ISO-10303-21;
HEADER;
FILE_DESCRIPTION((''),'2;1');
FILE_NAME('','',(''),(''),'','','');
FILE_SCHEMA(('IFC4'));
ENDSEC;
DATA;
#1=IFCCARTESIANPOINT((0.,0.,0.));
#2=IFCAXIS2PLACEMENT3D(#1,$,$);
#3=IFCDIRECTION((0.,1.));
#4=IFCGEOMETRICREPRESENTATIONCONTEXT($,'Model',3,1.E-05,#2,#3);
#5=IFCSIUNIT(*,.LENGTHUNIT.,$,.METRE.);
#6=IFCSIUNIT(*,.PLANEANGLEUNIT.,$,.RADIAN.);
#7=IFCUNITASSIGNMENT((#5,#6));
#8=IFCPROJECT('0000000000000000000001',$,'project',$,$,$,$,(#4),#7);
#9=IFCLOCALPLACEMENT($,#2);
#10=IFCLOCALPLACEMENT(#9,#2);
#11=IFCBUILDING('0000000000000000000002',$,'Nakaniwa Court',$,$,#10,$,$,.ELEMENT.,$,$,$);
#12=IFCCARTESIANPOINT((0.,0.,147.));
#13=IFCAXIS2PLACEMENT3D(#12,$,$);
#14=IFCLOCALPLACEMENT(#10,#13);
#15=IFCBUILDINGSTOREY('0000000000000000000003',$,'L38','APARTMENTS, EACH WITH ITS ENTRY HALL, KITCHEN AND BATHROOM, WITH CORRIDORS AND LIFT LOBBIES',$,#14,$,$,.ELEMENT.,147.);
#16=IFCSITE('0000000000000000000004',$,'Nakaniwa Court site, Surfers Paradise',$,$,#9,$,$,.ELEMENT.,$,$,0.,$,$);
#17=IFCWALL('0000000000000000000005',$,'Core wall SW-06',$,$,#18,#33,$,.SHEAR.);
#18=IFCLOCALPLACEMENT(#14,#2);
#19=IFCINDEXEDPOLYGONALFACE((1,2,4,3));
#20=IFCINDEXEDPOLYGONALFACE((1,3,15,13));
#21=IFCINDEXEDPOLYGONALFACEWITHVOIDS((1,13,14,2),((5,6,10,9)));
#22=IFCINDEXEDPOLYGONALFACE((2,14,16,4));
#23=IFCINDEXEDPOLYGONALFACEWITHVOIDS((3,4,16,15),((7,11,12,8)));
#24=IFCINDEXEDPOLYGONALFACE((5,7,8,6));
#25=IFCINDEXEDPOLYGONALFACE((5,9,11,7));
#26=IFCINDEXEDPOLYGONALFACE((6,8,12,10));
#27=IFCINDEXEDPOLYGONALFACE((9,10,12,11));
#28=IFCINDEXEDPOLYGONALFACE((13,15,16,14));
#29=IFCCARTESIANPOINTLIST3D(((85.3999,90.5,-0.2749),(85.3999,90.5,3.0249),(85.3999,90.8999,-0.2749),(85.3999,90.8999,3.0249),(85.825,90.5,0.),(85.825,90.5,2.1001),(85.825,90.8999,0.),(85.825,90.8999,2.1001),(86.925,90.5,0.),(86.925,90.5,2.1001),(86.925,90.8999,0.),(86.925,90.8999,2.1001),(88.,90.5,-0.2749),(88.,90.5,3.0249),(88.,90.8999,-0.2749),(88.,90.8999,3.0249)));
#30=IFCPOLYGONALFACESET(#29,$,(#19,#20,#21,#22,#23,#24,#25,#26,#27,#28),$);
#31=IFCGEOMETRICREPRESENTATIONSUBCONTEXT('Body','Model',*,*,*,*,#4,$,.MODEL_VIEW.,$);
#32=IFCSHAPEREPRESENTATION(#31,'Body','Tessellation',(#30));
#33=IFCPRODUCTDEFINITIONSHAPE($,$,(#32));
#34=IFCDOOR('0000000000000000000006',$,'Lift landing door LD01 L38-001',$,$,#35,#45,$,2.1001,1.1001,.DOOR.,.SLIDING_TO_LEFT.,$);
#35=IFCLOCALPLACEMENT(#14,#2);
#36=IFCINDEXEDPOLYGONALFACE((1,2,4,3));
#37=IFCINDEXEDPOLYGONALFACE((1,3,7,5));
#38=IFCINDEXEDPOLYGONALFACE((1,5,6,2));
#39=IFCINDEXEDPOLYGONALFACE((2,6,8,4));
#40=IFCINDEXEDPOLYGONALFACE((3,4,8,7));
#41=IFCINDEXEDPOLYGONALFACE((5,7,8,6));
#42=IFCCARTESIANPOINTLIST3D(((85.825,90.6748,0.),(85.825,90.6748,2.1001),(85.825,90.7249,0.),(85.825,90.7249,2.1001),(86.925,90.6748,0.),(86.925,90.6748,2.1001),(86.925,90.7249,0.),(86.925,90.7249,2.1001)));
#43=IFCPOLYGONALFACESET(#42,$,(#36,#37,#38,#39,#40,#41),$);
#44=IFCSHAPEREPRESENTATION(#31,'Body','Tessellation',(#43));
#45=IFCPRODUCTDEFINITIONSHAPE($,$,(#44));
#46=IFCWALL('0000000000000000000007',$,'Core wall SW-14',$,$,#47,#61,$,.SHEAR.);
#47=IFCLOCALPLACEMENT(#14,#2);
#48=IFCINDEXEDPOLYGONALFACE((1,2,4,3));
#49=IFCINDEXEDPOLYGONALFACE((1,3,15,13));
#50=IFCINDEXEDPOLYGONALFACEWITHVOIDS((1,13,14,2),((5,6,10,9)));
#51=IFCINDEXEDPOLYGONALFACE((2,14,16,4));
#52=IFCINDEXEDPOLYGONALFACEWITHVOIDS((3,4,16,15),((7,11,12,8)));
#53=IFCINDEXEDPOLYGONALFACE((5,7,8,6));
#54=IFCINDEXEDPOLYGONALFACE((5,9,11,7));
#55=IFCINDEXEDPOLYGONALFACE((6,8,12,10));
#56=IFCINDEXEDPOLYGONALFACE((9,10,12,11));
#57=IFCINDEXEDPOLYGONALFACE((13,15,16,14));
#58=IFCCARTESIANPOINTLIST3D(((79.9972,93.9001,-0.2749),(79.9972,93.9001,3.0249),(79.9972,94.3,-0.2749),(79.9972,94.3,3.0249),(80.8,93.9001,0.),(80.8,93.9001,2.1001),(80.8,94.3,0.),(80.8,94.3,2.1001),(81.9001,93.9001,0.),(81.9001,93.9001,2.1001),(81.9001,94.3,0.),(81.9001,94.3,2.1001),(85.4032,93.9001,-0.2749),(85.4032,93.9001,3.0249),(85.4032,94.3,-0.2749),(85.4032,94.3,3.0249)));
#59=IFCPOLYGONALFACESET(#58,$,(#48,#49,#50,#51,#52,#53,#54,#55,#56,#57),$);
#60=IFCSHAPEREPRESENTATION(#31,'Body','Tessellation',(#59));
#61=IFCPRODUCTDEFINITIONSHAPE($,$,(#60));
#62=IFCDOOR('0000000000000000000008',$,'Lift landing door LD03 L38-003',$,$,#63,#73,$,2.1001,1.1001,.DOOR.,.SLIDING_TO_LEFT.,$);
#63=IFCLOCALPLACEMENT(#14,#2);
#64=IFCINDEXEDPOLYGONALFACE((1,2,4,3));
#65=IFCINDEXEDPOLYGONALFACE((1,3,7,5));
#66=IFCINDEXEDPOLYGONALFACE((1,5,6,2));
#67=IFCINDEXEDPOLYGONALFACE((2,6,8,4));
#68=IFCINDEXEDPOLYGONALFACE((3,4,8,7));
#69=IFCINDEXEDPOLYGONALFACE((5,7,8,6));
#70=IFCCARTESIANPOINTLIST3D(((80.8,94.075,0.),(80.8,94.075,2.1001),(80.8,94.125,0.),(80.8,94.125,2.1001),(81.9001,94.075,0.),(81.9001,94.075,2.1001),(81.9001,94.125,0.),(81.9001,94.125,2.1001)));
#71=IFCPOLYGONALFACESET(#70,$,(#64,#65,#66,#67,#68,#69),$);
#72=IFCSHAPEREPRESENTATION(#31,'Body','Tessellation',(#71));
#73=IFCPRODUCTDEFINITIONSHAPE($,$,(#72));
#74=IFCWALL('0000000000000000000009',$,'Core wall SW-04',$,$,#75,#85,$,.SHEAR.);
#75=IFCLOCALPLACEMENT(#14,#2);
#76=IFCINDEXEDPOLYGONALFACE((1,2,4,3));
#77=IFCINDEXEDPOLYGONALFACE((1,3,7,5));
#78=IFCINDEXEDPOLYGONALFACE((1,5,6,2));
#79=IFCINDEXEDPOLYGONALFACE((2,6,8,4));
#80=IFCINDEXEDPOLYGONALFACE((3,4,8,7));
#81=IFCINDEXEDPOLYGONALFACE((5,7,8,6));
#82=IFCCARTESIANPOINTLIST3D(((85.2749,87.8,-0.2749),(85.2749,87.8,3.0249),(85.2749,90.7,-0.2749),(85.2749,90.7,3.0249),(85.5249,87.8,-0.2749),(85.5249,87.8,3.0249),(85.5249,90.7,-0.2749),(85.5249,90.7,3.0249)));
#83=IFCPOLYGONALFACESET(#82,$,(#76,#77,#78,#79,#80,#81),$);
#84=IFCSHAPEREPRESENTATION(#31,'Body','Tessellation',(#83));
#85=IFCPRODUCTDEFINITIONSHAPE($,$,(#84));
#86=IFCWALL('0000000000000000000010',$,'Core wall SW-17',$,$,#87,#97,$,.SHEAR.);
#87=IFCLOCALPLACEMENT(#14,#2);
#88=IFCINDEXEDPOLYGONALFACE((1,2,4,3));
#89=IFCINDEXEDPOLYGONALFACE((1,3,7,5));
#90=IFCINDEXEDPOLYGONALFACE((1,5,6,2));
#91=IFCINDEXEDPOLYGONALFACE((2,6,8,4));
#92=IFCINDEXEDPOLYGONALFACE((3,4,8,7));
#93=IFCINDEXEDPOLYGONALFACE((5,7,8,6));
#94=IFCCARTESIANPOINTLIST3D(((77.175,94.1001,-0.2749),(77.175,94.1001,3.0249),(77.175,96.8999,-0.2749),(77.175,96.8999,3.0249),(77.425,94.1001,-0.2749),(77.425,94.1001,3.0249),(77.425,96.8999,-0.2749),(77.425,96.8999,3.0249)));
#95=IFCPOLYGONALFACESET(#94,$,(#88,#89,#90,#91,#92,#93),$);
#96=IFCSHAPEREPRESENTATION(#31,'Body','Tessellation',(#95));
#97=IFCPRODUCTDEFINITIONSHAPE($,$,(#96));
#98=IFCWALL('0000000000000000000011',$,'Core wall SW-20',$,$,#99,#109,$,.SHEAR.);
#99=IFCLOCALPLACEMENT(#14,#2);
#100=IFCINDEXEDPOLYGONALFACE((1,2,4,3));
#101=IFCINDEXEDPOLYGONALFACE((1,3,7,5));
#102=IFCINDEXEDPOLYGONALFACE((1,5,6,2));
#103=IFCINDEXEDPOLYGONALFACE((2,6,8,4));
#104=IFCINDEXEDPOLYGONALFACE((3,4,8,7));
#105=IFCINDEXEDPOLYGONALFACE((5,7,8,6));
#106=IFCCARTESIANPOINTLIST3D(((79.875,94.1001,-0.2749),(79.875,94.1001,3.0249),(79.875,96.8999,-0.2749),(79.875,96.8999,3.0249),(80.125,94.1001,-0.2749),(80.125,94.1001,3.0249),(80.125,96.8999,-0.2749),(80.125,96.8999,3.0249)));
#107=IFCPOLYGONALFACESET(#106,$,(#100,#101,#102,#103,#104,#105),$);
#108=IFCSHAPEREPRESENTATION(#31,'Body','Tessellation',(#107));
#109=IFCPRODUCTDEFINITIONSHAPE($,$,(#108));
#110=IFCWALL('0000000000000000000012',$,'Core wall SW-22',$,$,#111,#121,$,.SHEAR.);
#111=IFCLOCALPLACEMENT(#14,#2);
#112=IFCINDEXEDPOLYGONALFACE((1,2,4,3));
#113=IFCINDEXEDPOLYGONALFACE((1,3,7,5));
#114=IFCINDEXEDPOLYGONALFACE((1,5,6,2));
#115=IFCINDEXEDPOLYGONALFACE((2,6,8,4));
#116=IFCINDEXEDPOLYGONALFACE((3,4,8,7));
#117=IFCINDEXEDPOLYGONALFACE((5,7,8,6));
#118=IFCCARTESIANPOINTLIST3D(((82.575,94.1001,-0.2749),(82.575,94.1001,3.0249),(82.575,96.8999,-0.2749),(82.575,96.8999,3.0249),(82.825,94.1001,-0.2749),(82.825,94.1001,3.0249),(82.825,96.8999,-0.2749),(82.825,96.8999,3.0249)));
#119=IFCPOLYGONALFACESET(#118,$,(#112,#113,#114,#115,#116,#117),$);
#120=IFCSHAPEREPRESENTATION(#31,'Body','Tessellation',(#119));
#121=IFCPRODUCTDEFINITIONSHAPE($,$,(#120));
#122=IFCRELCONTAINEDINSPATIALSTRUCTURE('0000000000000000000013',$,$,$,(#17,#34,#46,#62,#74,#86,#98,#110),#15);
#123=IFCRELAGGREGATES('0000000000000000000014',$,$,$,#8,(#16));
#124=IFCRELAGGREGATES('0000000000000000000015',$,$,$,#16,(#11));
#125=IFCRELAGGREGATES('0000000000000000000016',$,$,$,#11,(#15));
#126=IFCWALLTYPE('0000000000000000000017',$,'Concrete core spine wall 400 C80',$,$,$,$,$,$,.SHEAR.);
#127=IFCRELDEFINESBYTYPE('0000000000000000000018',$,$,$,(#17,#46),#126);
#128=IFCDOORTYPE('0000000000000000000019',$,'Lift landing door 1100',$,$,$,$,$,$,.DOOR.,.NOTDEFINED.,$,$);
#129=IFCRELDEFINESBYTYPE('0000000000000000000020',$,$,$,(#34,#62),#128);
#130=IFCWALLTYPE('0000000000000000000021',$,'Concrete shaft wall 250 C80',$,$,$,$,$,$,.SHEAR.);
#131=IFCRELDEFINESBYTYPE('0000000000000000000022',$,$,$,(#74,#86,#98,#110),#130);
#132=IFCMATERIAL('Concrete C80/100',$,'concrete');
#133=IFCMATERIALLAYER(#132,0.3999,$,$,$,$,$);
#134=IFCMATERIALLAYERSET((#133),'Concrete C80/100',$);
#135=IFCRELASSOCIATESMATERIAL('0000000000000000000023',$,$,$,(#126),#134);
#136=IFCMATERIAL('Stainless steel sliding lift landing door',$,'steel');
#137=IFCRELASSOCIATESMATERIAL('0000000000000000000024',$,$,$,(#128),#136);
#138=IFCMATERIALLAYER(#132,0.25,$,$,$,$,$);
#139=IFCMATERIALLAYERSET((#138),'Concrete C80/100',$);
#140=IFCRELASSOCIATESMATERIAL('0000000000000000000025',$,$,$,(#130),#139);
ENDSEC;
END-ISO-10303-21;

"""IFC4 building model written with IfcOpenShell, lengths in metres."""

from ifc_helpers import new_model, si_unit, direction, frame, frame_2d, origin, place, context, subcontext, project, spatial, rectangle, extrude, material, layer, layer_set, type_object, element, fill, save


model = new_model("IFC4")

# Units and contexts
model_context = context("Model", 3, precision=1e-05, world=origin(), true_north=direction((0.0, 1.0)))
body_context = subcontext(model_context, "Body", "Model", "MODEL_VIEW")
ifc_project = project(units=[si_unit("LENGTHUNIT", "METRE"), si_unit("PLANEANGLEUNIT", "RADIAN")], contexts=[model_context])

# Site, building, storey
site_placement = place(None, origin())
site = spatial("IfcSite", under=ifc_project, at=site_placement, Name="Nakaniwa Court site, Surfers Paradise", CompositionType="ELEMENT", RefElevation=0.0)
building_placement = place(site_placement, origin())
building = spatial("IfcBuilding", under=site, at=building_placement, Name="Nakaniwa Court", CompositionType="ELEMENT")
storey_placement = place(building_placement, frame((0.0, 0.0, 147.0)))
storey = spatial("IfcBuildingStorey", under=building, at=storey_placement, Name="L38", Description="APARTMENTS, EACH WITH ITS ENTRY HALL, KITCHEN AND BATHROOM, WITH CORRIDORS AND LIFT LOBBIES", CompositionType="ELEMENT", Elevation=147.0)

# Walls, openings, doors
ifc_material_1 = material(Name="Concrete C80/100", Category="concrete")
ifc_layer_1 = layer(ifc_material_1, 0.3999)
ifc_layer_set_1 = layer_set([ifc_layer_1], Name="Concrete C80/100")
wall_type_1 = type_object("IfcWallType", Name="Concrete core spine wall 400 C80", PredefinedType="SHEAR", material=ifc_layer_set_1)
wall_1_placement = place(storey_placement, frame((85.3999, 90.7, -0.2749), z_axis=(0.0, 0.0, 1.0), x_axis=(1.0, 0.0, 0.0)))
wall_1 = element("IfcWall", 1, at=wall_1_placement, inside=storey, type_object=wall_type_1, Name="Core wall SW-06", PredefinedType="SHEAR", context=body_context, shape_type="SweptSolid", body=[
    extrude(rectangle(XDim=2.6001, YDim=0.3999, at=frame_2d((1.3, 0.0))), origin(), (0.0, 0.0, 1.0), 3.2998),
])
opening_1_placement = place(wall_1_placement, frame((0.425, 0.0, 0.2749)))
opening_1 = element("IfcOpeningElement", 2, at=opening_1_placement, cuts=wall_1, PredefinedType="OPENING", context=body_context, shape_type="SweptSolid", body=[
    extrude(rectangle(XDim=1.1001, YDim=2.1001, at=frame_2d((0.55, 1.05))), frame((0.0, 0.21, 0.0), z_axis=(0.0, -1.0, 0.0), x_axis=(1.0, 0.0, 0.0)), (0.0, 0.0, 1.0), 0.4199),
])
ifc_material_2 = material(Name="Stainless steel sliding lift landing door", Category="steel")
door_type_1 = type_object("IfcDoorType", Name="Lift landing door 1100", OperationType="NOTDEFINED", PredefinedType="DOOR", material=ifc_material_2)
door_1_placement = place(opening_1_placement, origin())
door_1 = element("IfcDoor", 3, at=door_1_placement, inside=storey, type_object=door_type_1, Name="Lift landing door LD01 L38-001", OperationType="SLIDING_TO_LEFT", OverallHeight=2.1001, OverallWidth=1.1001, PredefinedType="DOOR", context=body_context, shape_type="SweptSolid", body=[
    extrude(rectangle(XDim=1.1001, YDim=2.1001, at=frame_2d((0.55, 1.05))), frame((0.0, 0.0249, 0.0), z_axis=(0.0, -1.0, 0.0), x_axis=(1.0, 0.0, 0.0)), (0.0, 0.0, 1.0), 0.05),
])
fill(opening_1, door_1)
wall_2_placement = place(storey_placement, frame((79.9971, 94.1001, -0.2749), z_axis=(0.0, 0.0, 1.0), x_axis=(1.0, 0.0, 0.0)))
wall_2 = element("IfcWall", 4, at=wall_2_placement, inside=storey, type_object=wall_type_1, Name="Core wall SW-14", PredefinedType="SHEAR", context=body_context, shape_type="SweptSolid", body=[
    extrude(rectangle(XDim=5.406, YDim=0.3999, at=frame_2d((2.7031, 0.0))), origin(), (0.0, 0.0, 1.0), 3.2998),
])
opening_2_placement = place(wall_2_placement, frame((0.803, 0.0, 0.2749)))
opening_2 = element("IfcOpeningElement", 5, at=opening_2_placement, cuts=wall_2, PredefinedType="OPENING", context=body_context, shape_type="SweptSolid", body=[
    extrude(rectangle(XDim=1.1001, YDim=2.1001, at=frame_2d((0.55, 1.05))), frame((0.0, 0.21, 0.0), z_axis=(0.0, -1.0, 0.0), x_axis=(1.0, 0.0, 0.0)), (0.0, 0.0, 1.0), 0.4199),
])
door_2_placement = place(opening_2_placement, origin())
door_2 = element("IfcDoor", 6, at=door_2_placement, inside=storey, type_object=door_type_1, Name="Lift landing door LD03 L38-003", OperationType="SLIDING_TO_LEFT", OverallHeight=2.1001, OverallWidth=1.1001, PredefinedType="DOOR", context=body_context, shape_type="SweptSolid", body=[
    extrude(rectangle(XDim=1.1001, YDim=2.1001, at=frame_2d((0.55, 1.05))), frame((0.0, 0.0249, 0.0), z_axis=(0.0, -1.0, 0.0), x_axis=(1.0, 0.0, 0.0)), (0.0, 0.0, 1.0), 0.05),
])
fill(opening_2, door_2)

# Walls
ifc_layer_2 = layer(ifc_material_1, 0.25)
ifc_layer_set_2 = layer_set([ifc_layer_2], Name="Concrete C80/100")
wall_type_2 = type_object("IfcWallType", Name="Concrete shaft wall 250 C80", PredefinedType="SHEAR", material=ifc_layer_set_2)
wall_3_placement = place(storey_placement, frame((85.3999, 87.8, -0.2749), z_axis=(0.0, 0.0, 1.0), x_axis=(0.0, 1.0, 0.0)))
element("IfcWall", 7, at=wall_3_placement, inside=storey, type_object=wall_type_2, Name="Core wall SW-04", PredefinedType="SHEAR", context=body_context, shape_type="SweptSolid", body=[
    extrude(rectangle(XDim=2.8999, YDim=0.25, at=frame_2d((1.45, 0.0))), origin(), (0.0, 0.0, 1.0), 3.2998),
])
for number, where, z_axis, x_axis, name in (
    (8, (77.3, 94.1001, -0.2749), (0.0, 0.0, 1.0), (0.0, 1.0, 0.0), "Core wall SW-17"),
    (9, (80.0, 94.1001, -0.2749), (0.0, 0.0, 1.0), (0.0, 1.0, 0.0), "Core wall SW-20"),
    (10, (82.7, 94.1001, -0.2749), (0.0, 0.0, 1.0), (0.0, 1.0, 0.0), "Core wall SW-22"),
):
    element("IfcWall", number, at=place(storey_placement, frame(where, z_axis=z_axis, x_axis=x_axis)), inside=storey, type_object=wall_type_2, Name=name, PredefinedType="SHEAR", context=body_context, shape_type="SweptSolid", body=[
        extrude(rectangle(XDim=2.7998, YDim=0.25, at=frame_2d((1.3999, 0.0))), origin(), (0.0, 0.0, 1.0), 3.2998),
    ])

save(model, "model.ifc")
